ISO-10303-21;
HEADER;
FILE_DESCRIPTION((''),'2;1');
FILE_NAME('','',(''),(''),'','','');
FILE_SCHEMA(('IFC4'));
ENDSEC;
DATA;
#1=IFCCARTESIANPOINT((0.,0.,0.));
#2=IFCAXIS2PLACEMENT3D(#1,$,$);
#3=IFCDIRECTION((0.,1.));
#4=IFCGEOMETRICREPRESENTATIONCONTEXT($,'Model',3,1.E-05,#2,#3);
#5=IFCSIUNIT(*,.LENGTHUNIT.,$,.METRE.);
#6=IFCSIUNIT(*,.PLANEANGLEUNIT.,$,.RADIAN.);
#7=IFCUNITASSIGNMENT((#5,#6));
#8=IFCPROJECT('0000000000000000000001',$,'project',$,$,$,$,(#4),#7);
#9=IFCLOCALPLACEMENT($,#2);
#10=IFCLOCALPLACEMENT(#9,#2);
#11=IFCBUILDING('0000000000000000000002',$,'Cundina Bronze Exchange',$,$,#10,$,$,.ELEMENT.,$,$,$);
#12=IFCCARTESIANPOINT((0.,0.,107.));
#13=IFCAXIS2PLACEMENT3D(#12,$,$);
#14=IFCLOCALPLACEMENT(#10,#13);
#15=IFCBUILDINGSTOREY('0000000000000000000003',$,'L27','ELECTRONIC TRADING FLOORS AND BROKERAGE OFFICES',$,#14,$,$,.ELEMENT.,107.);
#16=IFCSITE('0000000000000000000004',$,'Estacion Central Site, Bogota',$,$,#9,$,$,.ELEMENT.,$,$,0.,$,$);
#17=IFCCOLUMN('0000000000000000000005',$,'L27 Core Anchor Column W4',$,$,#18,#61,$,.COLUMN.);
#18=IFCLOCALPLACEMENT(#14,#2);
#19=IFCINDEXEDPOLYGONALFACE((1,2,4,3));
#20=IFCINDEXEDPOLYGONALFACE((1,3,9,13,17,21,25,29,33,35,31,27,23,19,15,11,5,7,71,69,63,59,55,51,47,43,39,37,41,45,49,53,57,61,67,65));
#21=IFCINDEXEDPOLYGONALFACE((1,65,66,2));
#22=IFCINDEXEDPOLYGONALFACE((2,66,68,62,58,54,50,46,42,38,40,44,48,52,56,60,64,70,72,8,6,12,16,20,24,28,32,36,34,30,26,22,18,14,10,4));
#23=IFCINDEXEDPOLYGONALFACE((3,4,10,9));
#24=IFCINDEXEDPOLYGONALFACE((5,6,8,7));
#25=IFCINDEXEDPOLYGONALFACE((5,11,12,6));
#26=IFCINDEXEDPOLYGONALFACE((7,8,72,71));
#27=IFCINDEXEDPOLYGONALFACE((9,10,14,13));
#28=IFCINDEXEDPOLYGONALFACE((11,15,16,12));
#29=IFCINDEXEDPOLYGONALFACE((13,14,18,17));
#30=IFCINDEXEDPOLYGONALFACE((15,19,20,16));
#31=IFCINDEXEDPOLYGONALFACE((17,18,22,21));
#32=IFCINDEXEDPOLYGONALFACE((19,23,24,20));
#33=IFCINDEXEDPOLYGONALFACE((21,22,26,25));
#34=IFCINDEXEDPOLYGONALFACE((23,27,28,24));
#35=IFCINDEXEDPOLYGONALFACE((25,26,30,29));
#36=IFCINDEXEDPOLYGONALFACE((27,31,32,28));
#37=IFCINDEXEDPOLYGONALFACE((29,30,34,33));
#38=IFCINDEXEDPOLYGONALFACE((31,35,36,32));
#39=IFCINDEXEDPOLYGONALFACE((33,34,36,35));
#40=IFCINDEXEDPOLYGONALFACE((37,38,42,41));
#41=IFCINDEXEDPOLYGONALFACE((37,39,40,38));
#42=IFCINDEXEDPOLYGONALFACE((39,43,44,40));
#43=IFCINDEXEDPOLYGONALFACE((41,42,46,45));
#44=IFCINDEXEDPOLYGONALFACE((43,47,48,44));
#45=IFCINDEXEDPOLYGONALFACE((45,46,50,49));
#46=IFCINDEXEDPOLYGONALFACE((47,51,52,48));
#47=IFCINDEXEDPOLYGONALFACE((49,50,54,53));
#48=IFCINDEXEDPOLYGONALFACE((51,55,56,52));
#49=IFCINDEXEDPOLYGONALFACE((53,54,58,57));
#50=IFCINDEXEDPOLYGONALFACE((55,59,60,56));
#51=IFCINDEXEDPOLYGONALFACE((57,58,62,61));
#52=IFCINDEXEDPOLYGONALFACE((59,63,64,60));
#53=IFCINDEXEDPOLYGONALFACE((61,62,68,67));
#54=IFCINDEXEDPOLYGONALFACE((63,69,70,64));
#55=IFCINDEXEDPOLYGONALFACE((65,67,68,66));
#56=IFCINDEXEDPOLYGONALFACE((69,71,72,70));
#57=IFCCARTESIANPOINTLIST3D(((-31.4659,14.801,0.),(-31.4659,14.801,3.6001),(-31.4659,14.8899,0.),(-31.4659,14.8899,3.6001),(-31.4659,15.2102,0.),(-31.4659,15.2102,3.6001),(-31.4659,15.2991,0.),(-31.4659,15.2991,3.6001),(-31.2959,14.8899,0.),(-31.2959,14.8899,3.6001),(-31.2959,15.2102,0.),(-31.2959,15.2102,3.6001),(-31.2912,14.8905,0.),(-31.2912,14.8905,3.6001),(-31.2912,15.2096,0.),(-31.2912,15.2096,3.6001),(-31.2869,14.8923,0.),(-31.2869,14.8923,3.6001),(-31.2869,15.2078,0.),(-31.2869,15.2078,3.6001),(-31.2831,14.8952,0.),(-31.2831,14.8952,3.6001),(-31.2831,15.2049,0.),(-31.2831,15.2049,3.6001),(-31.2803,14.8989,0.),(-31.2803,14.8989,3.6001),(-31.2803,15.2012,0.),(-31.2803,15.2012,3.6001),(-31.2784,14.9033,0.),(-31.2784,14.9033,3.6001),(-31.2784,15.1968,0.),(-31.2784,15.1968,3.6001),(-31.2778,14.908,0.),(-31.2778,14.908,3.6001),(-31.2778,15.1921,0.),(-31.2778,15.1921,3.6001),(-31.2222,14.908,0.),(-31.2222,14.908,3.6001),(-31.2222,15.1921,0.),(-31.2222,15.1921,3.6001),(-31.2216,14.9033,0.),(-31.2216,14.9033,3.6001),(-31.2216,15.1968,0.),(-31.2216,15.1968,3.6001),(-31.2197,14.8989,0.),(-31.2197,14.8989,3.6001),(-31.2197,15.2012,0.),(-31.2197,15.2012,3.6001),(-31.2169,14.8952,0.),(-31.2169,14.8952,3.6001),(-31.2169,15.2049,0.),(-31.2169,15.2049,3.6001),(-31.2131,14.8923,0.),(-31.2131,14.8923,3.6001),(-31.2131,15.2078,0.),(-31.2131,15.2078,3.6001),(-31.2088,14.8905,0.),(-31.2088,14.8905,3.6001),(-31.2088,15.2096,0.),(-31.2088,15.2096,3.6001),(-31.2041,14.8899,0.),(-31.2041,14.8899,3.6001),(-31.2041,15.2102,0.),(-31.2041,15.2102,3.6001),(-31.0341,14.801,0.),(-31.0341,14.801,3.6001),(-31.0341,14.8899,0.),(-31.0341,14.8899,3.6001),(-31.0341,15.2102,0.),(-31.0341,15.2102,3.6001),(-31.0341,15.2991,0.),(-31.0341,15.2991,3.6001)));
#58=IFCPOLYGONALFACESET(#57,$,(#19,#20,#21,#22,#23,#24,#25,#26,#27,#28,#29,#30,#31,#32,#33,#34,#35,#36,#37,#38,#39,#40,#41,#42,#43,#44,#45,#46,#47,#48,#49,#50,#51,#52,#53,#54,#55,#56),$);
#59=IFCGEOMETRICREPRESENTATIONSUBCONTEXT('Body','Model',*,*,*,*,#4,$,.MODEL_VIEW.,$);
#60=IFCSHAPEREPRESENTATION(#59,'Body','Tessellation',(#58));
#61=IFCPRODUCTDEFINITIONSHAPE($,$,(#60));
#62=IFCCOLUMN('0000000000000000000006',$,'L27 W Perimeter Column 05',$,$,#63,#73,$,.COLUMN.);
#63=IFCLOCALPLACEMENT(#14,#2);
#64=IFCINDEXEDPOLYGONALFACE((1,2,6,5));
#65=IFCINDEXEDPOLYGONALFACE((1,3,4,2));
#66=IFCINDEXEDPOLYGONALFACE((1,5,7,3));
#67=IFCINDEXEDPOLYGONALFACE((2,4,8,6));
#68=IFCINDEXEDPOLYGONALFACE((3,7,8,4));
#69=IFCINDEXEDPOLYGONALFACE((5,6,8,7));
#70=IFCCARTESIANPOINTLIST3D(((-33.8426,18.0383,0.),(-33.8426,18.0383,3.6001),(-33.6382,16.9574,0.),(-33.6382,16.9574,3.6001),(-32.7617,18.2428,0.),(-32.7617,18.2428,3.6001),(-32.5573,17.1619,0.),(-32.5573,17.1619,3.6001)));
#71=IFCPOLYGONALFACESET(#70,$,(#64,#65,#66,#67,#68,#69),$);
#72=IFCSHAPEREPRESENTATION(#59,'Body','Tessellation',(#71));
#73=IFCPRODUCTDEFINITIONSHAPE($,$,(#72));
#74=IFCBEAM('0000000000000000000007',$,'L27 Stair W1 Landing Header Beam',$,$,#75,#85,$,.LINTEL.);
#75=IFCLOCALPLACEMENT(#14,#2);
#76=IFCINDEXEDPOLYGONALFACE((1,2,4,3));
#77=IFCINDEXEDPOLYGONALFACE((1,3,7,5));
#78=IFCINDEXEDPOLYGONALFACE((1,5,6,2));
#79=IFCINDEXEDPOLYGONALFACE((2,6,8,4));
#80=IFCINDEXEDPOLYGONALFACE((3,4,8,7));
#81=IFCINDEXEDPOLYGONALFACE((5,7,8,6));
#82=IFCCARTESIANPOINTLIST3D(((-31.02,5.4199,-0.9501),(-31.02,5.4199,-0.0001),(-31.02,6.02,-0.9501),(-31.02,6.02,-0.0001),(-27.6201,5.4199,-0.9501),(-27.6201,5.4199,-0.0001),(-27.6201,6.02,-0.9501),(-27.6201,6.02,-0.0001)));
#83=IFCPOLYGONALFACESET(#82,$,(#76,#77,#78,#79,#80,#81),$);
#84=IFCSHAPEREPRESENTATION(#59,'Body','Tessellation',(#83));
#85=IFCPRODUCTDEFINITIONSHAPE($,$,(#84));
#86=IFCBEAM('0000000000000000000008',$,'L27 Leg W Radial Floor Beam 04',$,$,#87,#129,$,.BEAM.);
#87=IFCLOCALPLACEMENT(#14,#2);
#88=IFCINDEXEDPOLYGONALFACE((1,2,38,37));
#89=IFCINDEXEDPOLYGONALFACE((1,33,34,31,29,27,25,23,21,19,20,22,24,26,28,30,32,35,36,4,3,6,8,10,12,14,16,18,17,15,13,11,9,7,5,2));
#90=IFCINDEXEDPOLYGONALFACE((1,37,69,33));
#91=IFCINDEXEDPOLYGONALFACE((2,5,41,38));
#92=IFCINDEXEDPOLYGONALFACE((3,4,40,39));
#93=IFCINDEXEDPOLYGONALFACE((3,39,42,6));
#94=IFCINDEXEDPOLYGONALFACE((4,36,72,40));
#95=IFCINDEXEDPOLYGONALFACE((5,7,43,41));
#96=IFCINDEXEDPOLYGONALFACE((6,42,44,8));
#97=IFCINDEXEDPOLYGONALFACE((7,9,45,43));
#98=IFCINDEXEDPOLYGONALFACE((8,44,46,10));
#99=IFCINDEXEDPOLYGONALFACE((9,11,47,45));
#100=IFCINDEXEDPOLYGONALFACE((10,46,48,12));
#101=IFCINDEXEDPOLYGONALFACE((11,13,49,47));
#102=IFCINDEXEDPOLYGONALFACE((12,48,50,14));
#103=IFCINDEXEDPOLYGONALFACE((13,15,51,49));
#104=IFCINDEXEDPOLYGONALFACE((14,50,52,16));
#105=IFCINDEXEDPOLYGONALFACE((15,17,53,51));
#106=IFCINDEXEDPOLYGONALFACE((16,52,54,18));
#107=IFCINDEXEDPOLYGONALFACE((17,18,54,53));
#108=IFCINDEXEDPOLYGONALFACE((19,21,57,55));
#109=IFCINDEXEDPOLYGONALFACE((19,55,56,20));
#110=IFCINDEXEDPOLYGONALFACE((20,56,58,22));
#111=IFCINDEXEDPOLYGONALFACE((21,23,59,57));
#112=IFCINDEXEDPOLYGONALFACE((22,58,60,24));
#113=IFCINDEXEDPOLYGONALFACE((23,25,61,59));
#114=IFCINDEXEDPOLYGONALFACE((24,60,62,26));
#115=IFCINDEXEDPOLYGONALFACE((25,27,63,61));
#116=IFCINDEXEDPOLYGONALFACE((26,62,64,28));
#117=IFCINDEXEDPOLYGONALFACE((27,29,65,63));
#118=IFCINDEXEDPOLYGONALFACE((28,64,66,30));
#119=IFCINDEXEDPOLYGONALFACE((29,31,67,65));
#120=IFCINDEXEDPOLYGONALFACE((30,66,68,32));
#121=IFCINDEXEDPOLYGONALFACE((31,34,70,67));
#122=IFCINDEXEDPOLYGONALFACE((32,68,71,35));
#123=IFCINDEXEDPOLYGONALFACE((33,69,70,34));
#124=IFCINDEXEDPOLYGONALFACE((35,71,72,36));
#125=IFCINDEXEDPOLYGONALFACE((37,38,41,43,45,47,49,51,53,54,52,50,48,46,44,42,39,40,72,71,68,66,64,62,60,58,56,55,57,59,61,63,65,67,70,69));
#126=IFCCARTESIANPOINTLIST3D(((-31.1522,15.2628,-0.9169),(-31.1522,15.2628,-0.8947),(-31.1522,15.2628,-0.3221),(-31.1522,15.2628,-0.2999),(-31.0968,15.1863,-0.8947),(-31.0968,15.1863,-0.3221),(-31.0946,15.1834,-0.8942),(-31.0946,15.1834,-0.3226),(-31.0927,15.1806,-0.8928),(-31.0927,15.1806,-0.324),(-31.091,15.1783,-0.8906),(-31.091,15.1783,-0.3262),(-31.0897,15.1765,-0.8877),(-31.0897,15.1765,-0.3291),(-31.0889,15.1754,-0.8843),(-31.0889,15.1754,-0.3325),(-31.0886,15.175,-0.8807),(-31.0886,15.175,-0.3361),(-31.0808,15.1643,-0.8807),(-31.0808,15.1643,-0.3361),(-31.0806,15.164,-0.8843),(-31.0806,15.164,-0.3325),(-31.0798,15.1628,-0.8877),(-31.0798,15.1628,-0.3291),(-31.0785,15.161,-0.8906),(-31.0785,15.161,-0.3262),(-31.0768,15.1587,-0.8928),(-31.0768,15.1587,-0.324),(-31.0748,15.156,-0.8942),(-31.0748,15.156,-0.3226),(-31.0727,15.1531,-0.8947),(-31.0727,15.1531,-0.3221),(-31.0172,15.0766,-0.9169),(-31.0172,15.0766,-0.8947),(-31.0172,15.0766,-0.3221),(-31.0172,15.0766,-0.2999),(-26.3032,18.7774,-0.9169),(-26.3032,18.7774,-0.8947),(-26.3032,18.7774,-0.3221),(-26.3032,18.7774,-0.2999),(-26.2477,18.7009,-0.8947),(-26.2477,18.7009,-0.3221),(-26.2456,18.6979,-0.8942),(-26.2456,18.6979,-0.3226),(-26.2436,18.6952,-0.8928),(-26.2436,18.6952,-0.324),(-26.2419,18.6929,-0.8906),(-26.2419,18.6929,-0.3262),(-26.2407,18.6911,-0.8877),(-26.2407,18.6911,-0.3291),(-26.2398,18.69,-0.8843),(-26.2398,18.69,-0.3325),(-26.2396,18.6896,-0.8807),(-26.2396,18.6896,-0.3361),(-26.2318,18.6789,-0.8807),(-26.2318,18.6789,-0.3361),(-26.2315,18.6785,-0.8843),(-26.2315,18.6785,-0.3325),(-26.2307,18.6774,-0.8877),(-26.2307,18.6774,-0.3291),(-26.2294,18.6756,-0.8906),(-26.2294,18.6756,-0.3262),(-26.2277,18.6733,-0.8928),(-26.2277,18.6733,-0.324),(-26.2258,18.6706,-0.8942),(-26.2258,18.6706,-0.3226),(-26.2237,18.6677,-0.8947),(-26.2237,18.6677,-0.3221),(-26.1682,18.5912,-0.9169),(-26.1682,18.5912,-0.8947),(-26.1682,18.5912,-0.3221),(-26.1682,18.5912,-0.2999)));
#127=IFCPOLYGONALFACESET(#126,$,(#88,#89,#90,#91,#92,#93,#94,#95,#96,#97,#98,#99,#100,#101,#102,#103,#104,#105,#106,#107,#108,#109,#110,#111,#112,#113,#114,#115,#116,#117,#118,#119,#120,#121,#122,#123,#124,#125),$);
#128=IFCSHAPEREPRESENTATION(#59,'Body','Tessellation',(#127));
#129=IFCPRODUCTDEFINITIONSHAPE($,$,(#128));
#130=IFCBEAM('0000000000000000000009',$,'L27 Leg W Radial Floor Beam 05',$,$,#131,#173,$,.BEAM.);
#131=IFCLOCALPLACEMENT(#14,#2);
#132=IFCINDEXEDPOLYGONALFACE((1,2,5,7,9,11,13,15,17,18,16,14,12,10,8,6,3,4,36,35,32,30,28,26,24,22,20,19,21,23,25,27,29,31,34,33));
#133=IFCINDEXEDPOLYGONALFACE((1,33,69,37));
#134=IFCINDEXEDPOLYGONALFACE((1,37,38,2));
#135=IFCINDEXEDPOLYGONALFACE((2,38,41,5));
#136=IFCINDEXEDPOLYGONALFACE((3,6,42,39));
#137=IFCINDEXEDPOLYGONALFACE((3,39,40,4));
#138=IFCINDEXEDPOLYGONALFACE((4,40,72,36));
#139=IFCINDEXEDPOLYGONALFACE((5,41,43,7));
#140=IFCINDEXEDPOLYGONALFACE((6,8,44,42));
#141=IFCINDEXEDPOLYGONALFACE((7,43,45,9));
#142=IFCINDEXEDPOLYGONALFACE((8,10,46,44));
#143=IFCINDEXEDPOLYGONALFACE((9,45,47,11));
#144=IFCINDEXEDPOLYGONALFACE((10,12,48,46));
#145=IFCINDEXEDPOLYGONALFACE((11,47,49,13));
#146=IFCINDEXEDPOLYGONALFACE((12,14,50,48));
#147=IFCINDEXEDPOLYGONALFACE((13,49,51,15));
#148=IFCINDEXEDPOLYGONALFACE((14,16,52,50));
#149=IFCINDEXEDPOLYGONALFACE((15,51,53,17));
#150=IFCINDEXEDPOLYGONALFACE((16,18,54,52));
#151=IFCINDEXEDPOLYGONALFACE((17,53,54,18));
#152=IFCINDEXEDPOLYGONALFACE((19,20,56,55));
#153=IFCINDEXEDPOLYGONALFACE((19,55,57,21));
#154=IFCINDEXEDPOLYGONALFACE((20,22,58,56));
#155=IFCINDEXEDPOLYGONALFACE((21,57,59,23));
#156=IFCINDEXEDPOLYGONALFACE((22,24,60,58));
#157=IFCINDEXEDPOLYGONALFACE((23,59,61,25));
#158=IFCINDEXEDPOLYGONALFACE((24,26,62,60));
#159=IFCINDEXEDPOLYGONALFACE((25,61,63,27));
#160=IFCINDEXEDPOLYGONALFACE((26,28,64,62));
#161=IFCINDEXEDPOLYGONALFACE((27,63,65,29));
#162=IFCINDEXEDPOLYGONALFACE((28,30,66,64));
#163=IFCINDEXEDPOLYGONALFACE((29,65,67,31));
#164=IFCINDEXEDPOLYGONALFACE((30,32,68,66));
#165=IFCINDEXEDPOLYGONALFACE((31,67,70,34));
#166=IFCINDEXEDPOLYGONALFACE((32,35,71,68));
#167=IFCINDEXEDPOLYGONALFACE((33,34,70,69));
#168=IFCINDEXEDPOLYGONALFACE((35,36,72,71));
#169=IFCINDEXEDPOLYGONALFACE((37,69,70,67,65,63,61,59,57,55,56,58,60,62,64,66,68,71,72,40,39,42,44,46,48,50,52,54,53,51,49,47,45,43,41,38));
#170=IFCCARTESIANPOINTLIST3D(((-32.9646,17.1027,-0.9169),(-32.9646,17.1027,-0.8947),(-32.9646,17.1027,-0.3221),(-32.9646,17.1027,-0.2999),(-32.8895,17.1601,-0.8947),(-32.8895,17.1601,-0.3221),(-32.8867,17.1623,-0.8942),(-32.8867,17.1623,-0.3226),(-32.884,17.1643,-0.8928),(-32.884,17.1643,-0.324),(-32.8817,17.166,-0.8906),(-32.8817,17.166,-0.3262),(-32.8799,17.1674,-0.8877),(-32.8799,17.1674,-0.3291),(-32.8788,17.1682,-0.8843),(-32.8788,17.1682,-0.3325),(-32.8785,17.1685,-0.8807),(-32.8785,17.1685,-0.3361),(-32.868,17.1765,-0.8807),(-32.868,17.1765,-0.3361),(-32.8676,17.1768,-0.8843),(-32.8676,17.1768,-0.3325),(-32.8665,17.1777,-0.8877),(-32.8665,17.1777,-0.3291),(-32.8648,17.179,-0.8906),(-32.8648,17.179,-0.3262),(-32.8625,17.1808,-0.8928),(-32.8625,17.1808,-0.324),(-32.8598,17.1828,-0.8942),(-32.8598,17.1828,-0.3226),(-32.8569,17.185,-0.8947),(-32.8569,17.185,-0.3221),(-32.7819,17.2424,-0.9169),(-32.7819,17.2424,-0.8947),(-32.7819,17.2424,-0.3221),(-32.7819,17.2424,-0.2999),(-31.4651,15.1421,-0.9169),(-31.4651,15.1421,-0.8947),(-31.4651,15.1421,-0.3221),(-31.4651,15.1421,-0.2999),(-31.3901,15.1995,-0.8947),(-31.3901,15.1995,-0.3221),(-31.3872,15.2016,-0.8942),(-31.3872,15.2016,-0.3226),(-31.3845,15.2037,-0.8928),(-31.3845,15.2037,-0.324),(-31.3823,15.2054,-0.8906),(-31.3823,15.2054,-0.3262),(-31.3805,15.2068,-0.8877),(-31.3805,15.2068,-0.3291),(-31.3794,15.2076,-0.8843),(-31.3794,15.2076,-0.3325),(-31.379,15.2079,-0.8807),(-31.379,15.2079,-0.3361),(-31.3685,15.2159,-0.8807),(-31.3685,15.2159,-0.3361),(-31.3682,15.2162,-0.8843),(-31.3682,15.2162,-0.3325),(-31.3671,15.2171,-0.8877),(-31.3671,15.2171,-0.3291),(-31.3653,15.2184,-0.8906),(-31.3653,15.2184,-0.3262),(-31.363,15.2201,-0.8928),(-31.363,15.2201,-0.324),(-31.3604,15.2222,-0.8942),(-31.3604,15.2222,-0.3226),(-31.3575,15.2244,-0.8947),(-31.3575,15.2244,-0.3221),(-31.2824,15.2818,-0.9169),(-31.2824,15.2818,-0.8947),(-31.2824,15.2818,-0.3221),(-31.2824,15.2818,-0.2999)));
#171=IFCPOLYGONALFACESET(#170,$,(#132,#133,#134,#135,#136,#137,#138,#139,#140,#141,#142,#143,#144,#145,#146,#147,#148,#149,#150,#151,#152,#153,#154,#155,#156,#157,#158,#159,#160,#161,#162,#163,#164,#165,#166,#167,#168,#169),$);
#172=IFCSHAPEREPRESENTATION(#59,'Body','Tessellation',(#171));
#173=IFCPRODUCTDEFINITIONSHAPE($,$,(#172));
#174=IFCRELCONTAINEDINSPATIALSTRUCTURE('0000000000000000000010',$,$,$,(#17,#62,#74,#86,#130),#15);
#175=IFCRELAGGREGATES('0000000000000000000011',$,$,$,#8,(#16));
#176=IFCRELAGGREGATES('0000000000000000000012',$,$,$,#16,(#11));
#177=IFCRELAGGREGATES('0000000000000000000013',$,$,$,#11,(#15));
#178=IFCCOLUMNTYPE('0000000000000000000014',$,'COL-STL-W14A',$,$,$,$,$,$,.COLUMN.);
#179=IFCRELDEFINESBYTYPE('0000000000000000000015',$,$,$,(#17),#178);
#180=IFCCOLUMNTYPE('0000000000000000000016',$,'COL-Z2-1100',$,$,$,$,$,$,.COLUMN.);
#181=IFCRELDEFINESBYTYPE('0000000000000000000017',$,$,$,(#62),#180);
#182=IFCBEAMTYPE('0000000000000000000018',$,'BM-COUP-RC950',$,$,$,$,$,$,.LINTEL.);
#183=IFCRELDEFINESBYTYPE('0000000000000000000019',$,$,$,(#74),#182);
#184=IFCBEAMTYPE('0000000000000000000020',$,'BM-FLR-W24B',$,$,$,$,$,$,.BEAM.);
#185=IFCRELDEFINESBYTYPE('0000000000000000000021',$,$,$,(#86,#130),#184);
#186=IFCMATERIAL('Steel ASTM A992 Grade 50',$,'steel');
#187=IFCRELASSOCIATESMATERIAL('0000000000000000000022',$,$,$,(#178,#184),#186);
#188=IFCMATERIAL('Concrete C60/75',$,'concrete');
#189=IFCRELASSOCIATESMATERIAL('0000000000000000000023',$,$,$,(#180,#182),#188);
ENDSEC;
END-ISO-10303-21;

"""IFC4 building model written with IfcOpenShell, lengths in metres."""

from ifc_helpers import new_model, si_unit, direction, frame, origin, origin_2d, place, context, subcontext, project, spatial, rectangle, i_section, extrude, material, material_profile, profile_set, type_object, element, save


model = new_model("IFC4")

# Units and contexts
model_context = context("Model", 3, precision=1e-05, world=origin(), true_north=direction((0.0, 1.0)))
body_context = subcontext(model_context, "Body", "Model", "MODEL_VIEW")
ifc_project = project(units=[si_unit("LENGTHUNIT", "METRE"), si_unit("PLANEANGLEUNIT", "RADIAN")], contexts=[model_context])

# Site, building, storey
site_placement = place(None, origin())
site = spatial("IfcSite", under=ifc_project, at=site_placement, Name="Estacion Central Site, Bogota", CompositionType="ELEMENT", RefElevation=0.0)
building_placement = place(site_placement, origin())
building = spatial("IfcBuilding", under=site, at=building_placement, Name="Cundina Bronze Exchange", CompositionType="ELEMENT")
storey_placement = place(building_placement, frame((0.0, 0.0, 107.0)))
storey = spatial("IfcBuildingStorey", under=building, at=storey_placement, Name="L27", Description="ELECTRONIC TRADING FLOORS AND BROKERAGE OFFICES", CompositionType="ELEMENT", Elevation=107.0)

# Columns
ifc_material_1 = material(Name="Steel ASTM A992 Grade 50", Category="steel")
ifc_material_profile_1 = material_profile(ifc_material_1, i_section(OverallWidth=0.4319, OverallDepth=0.498, WebThickness=0.0557, FlangeThickness=0.0889, FilletRadius=0.0181, at=origin_2d()), Name="W14X500", Category="steel")
ifc_profile_set_1 = profile_set([ifc_material_profile_1], Name="Steel ASTM A992 Grade 50")
column_type_1 = type_object("IfcColumnType", Name="COL-STL-W14A", PredefinedType="COLUMN", material=ifc_profile_set_1)
column_1_placement = place(storey_placement, frame((-31.25, 15.05, 0.0), z_axis=(0.0, 0.0, 1.0), x_axis=(1.0, 0.0, 0.0)))
element("IfcColumn", 1, at=column_1_placement, inside=storey, type_object=column_type_1, Name="L27 Core Anchor Column W4", PredefinedType="COLUMN", context=body_context, shape_type="SweptSolid", body=[
    extrude(i_section(OverallWidth=0.4319, OverallDepth=0.498, WebThickness=0.0557, FlangeThickness=0.0889, FilletRadius=0.0181, at=origin_2d()), origin(), (0.0, 0.0, 1.0), 3.6001),
])
ifc_material_2 = material(Name="Concrete C60/75", Category="concrete")
ifc_material_profile_2 = material_profile(ifc_material_2, rectangle(XDim=1.1001, YDim=1.1001, at=origin_2d()), Name="RC1100X1100", Category="concrete")
ifc_profile_set_2 = profile_set([ifc_material_profile_2], Name="Concrete C60/75")
column_type_2 = type_object("IfcColumnType", Name="COL-Z2-1100", PredefinedType="COLUMN", material=ifc_profile_set_2)
column_2_placement = place(storey_placement, frame((-33.2, 17.6001, 0.0), z_axis=(0.0, 0.0, 1.0), x_axis=(-0.98258, -0.185838, 0.0)))
element("IfcColumn", 2, at=column_2_placement, inside=storey, type_object=column_type_2, Name="L27 W Perimeter Column 05", PredefinedType="COLUMN", context=body_context, shape_type="SweptSolid", body=[
    extrude(rectangle(XDim=1.1001, YDim=1.1001, at=origin_2d()), origin(), (0.0, 0.0, 1.0), 3.6001),
])

# Beams
ifc_material_profile_3 = material_profile(ifc_material_2, rectangle(XDim=0.6001, YDim=0.95, at=origin_2d()), Name="RC600X950", Category="concrete")
ifc_profile_set_3 = profile_set([ifc_material_profile_3], Name="Concrete C60/75")
beam_type_1 = type_object("IfcBeamType", Name="BM-COUP-RC950", PredefinedType="LINTEL", material=ifc_profile_set_3)
beam_1_placement = place(storey_placement, frame((-31.02, 5.72, -0.4751), z_axis=(1.0, 0.0, 0.0), x_axis=(0.0, 1.0, 0.0)))
element("IfcBeam", 3, at=beam_1_placement, inside=storey, type_object=beam_type_1, Name="L27 Stair W1 Landing Header Beam", PredefinedType="LINTEL", context=body_context, shape_type="SweptSolid", body=[
    extrude(rectangle(XDim=0.6001, YDim=0.95, at=origin_2d()), origin(), (0.0, 0.0, 1.0), 3.3999),
])
ifc_material_profile_4 = material_profile(ifc_material_1, i_section(OverallWidth=0.23, OverallDepth=0.6169, WebThickness=0.0132, FlangeThickness=0.0222, FilletRadius=0.0139, at=origin_2d()), Name="W24X94", Category="steel")
ifc_profile_set_4 = profile_set([ifc_material_profile_4], Name="Steel ASTM A992 Grade 50")
beam_type_2 = type_object("IfcBeamType", Name="BM-FLR-W24B", PredefinedType="BEAM", material=ifc_profile_set_4)
beam_2_placement = place(storey_placement, frame((-31.0847, 15.1697, -0.6084), z_axis=(0.809687, 0.586862, 0.0), x_axis=(-0.586862, 0.809687, 0.0)))
element("IfcBeam", 4, at=beam_2_placement, inside=storey, type_object=beam_type_2, Name="L27 Leg W Radial Floor Beam 04", PredefinedType="BEAM", context=body_context, shape_type="SweptSolid", body=[
    extrude(i_section(OverallWidth=0.23, OverallDepth=0.6169, WebThickness=0.0132, FlangeThickness=0.0222, FilletRadius=0.0139, at=origin_2d()), origin(), (0.0, 0.0, 1.0), 5.9888),
])
beam_3_placement = place(storey_placement, frame((-31.3738, 15.2119, -0.6084), z_axis=(-0.60749, 0.794327, 0.0), x_axis=(-0.794327, -0.60749, 0.0)))
element("IfcBeam", 5, at=beam_3_placement, inside=storey, type_object=beam_type_2, Name="L27 Leg W Radial Floor Beam 05", PredefinedType="BEAM", context=body_context, shape_type="SweptSolid", body=[
    extrude(i_section(OverallWidth=0.23, OverallDepth=0.6169, WebThickness=0.0132, FlangeThickness=0.0222, FilletRadius=0.0139, at=origin_2d()), origin(), (0.0, 0.0, 1.0), 2.4683),
])

save(model, "model.ifc")
